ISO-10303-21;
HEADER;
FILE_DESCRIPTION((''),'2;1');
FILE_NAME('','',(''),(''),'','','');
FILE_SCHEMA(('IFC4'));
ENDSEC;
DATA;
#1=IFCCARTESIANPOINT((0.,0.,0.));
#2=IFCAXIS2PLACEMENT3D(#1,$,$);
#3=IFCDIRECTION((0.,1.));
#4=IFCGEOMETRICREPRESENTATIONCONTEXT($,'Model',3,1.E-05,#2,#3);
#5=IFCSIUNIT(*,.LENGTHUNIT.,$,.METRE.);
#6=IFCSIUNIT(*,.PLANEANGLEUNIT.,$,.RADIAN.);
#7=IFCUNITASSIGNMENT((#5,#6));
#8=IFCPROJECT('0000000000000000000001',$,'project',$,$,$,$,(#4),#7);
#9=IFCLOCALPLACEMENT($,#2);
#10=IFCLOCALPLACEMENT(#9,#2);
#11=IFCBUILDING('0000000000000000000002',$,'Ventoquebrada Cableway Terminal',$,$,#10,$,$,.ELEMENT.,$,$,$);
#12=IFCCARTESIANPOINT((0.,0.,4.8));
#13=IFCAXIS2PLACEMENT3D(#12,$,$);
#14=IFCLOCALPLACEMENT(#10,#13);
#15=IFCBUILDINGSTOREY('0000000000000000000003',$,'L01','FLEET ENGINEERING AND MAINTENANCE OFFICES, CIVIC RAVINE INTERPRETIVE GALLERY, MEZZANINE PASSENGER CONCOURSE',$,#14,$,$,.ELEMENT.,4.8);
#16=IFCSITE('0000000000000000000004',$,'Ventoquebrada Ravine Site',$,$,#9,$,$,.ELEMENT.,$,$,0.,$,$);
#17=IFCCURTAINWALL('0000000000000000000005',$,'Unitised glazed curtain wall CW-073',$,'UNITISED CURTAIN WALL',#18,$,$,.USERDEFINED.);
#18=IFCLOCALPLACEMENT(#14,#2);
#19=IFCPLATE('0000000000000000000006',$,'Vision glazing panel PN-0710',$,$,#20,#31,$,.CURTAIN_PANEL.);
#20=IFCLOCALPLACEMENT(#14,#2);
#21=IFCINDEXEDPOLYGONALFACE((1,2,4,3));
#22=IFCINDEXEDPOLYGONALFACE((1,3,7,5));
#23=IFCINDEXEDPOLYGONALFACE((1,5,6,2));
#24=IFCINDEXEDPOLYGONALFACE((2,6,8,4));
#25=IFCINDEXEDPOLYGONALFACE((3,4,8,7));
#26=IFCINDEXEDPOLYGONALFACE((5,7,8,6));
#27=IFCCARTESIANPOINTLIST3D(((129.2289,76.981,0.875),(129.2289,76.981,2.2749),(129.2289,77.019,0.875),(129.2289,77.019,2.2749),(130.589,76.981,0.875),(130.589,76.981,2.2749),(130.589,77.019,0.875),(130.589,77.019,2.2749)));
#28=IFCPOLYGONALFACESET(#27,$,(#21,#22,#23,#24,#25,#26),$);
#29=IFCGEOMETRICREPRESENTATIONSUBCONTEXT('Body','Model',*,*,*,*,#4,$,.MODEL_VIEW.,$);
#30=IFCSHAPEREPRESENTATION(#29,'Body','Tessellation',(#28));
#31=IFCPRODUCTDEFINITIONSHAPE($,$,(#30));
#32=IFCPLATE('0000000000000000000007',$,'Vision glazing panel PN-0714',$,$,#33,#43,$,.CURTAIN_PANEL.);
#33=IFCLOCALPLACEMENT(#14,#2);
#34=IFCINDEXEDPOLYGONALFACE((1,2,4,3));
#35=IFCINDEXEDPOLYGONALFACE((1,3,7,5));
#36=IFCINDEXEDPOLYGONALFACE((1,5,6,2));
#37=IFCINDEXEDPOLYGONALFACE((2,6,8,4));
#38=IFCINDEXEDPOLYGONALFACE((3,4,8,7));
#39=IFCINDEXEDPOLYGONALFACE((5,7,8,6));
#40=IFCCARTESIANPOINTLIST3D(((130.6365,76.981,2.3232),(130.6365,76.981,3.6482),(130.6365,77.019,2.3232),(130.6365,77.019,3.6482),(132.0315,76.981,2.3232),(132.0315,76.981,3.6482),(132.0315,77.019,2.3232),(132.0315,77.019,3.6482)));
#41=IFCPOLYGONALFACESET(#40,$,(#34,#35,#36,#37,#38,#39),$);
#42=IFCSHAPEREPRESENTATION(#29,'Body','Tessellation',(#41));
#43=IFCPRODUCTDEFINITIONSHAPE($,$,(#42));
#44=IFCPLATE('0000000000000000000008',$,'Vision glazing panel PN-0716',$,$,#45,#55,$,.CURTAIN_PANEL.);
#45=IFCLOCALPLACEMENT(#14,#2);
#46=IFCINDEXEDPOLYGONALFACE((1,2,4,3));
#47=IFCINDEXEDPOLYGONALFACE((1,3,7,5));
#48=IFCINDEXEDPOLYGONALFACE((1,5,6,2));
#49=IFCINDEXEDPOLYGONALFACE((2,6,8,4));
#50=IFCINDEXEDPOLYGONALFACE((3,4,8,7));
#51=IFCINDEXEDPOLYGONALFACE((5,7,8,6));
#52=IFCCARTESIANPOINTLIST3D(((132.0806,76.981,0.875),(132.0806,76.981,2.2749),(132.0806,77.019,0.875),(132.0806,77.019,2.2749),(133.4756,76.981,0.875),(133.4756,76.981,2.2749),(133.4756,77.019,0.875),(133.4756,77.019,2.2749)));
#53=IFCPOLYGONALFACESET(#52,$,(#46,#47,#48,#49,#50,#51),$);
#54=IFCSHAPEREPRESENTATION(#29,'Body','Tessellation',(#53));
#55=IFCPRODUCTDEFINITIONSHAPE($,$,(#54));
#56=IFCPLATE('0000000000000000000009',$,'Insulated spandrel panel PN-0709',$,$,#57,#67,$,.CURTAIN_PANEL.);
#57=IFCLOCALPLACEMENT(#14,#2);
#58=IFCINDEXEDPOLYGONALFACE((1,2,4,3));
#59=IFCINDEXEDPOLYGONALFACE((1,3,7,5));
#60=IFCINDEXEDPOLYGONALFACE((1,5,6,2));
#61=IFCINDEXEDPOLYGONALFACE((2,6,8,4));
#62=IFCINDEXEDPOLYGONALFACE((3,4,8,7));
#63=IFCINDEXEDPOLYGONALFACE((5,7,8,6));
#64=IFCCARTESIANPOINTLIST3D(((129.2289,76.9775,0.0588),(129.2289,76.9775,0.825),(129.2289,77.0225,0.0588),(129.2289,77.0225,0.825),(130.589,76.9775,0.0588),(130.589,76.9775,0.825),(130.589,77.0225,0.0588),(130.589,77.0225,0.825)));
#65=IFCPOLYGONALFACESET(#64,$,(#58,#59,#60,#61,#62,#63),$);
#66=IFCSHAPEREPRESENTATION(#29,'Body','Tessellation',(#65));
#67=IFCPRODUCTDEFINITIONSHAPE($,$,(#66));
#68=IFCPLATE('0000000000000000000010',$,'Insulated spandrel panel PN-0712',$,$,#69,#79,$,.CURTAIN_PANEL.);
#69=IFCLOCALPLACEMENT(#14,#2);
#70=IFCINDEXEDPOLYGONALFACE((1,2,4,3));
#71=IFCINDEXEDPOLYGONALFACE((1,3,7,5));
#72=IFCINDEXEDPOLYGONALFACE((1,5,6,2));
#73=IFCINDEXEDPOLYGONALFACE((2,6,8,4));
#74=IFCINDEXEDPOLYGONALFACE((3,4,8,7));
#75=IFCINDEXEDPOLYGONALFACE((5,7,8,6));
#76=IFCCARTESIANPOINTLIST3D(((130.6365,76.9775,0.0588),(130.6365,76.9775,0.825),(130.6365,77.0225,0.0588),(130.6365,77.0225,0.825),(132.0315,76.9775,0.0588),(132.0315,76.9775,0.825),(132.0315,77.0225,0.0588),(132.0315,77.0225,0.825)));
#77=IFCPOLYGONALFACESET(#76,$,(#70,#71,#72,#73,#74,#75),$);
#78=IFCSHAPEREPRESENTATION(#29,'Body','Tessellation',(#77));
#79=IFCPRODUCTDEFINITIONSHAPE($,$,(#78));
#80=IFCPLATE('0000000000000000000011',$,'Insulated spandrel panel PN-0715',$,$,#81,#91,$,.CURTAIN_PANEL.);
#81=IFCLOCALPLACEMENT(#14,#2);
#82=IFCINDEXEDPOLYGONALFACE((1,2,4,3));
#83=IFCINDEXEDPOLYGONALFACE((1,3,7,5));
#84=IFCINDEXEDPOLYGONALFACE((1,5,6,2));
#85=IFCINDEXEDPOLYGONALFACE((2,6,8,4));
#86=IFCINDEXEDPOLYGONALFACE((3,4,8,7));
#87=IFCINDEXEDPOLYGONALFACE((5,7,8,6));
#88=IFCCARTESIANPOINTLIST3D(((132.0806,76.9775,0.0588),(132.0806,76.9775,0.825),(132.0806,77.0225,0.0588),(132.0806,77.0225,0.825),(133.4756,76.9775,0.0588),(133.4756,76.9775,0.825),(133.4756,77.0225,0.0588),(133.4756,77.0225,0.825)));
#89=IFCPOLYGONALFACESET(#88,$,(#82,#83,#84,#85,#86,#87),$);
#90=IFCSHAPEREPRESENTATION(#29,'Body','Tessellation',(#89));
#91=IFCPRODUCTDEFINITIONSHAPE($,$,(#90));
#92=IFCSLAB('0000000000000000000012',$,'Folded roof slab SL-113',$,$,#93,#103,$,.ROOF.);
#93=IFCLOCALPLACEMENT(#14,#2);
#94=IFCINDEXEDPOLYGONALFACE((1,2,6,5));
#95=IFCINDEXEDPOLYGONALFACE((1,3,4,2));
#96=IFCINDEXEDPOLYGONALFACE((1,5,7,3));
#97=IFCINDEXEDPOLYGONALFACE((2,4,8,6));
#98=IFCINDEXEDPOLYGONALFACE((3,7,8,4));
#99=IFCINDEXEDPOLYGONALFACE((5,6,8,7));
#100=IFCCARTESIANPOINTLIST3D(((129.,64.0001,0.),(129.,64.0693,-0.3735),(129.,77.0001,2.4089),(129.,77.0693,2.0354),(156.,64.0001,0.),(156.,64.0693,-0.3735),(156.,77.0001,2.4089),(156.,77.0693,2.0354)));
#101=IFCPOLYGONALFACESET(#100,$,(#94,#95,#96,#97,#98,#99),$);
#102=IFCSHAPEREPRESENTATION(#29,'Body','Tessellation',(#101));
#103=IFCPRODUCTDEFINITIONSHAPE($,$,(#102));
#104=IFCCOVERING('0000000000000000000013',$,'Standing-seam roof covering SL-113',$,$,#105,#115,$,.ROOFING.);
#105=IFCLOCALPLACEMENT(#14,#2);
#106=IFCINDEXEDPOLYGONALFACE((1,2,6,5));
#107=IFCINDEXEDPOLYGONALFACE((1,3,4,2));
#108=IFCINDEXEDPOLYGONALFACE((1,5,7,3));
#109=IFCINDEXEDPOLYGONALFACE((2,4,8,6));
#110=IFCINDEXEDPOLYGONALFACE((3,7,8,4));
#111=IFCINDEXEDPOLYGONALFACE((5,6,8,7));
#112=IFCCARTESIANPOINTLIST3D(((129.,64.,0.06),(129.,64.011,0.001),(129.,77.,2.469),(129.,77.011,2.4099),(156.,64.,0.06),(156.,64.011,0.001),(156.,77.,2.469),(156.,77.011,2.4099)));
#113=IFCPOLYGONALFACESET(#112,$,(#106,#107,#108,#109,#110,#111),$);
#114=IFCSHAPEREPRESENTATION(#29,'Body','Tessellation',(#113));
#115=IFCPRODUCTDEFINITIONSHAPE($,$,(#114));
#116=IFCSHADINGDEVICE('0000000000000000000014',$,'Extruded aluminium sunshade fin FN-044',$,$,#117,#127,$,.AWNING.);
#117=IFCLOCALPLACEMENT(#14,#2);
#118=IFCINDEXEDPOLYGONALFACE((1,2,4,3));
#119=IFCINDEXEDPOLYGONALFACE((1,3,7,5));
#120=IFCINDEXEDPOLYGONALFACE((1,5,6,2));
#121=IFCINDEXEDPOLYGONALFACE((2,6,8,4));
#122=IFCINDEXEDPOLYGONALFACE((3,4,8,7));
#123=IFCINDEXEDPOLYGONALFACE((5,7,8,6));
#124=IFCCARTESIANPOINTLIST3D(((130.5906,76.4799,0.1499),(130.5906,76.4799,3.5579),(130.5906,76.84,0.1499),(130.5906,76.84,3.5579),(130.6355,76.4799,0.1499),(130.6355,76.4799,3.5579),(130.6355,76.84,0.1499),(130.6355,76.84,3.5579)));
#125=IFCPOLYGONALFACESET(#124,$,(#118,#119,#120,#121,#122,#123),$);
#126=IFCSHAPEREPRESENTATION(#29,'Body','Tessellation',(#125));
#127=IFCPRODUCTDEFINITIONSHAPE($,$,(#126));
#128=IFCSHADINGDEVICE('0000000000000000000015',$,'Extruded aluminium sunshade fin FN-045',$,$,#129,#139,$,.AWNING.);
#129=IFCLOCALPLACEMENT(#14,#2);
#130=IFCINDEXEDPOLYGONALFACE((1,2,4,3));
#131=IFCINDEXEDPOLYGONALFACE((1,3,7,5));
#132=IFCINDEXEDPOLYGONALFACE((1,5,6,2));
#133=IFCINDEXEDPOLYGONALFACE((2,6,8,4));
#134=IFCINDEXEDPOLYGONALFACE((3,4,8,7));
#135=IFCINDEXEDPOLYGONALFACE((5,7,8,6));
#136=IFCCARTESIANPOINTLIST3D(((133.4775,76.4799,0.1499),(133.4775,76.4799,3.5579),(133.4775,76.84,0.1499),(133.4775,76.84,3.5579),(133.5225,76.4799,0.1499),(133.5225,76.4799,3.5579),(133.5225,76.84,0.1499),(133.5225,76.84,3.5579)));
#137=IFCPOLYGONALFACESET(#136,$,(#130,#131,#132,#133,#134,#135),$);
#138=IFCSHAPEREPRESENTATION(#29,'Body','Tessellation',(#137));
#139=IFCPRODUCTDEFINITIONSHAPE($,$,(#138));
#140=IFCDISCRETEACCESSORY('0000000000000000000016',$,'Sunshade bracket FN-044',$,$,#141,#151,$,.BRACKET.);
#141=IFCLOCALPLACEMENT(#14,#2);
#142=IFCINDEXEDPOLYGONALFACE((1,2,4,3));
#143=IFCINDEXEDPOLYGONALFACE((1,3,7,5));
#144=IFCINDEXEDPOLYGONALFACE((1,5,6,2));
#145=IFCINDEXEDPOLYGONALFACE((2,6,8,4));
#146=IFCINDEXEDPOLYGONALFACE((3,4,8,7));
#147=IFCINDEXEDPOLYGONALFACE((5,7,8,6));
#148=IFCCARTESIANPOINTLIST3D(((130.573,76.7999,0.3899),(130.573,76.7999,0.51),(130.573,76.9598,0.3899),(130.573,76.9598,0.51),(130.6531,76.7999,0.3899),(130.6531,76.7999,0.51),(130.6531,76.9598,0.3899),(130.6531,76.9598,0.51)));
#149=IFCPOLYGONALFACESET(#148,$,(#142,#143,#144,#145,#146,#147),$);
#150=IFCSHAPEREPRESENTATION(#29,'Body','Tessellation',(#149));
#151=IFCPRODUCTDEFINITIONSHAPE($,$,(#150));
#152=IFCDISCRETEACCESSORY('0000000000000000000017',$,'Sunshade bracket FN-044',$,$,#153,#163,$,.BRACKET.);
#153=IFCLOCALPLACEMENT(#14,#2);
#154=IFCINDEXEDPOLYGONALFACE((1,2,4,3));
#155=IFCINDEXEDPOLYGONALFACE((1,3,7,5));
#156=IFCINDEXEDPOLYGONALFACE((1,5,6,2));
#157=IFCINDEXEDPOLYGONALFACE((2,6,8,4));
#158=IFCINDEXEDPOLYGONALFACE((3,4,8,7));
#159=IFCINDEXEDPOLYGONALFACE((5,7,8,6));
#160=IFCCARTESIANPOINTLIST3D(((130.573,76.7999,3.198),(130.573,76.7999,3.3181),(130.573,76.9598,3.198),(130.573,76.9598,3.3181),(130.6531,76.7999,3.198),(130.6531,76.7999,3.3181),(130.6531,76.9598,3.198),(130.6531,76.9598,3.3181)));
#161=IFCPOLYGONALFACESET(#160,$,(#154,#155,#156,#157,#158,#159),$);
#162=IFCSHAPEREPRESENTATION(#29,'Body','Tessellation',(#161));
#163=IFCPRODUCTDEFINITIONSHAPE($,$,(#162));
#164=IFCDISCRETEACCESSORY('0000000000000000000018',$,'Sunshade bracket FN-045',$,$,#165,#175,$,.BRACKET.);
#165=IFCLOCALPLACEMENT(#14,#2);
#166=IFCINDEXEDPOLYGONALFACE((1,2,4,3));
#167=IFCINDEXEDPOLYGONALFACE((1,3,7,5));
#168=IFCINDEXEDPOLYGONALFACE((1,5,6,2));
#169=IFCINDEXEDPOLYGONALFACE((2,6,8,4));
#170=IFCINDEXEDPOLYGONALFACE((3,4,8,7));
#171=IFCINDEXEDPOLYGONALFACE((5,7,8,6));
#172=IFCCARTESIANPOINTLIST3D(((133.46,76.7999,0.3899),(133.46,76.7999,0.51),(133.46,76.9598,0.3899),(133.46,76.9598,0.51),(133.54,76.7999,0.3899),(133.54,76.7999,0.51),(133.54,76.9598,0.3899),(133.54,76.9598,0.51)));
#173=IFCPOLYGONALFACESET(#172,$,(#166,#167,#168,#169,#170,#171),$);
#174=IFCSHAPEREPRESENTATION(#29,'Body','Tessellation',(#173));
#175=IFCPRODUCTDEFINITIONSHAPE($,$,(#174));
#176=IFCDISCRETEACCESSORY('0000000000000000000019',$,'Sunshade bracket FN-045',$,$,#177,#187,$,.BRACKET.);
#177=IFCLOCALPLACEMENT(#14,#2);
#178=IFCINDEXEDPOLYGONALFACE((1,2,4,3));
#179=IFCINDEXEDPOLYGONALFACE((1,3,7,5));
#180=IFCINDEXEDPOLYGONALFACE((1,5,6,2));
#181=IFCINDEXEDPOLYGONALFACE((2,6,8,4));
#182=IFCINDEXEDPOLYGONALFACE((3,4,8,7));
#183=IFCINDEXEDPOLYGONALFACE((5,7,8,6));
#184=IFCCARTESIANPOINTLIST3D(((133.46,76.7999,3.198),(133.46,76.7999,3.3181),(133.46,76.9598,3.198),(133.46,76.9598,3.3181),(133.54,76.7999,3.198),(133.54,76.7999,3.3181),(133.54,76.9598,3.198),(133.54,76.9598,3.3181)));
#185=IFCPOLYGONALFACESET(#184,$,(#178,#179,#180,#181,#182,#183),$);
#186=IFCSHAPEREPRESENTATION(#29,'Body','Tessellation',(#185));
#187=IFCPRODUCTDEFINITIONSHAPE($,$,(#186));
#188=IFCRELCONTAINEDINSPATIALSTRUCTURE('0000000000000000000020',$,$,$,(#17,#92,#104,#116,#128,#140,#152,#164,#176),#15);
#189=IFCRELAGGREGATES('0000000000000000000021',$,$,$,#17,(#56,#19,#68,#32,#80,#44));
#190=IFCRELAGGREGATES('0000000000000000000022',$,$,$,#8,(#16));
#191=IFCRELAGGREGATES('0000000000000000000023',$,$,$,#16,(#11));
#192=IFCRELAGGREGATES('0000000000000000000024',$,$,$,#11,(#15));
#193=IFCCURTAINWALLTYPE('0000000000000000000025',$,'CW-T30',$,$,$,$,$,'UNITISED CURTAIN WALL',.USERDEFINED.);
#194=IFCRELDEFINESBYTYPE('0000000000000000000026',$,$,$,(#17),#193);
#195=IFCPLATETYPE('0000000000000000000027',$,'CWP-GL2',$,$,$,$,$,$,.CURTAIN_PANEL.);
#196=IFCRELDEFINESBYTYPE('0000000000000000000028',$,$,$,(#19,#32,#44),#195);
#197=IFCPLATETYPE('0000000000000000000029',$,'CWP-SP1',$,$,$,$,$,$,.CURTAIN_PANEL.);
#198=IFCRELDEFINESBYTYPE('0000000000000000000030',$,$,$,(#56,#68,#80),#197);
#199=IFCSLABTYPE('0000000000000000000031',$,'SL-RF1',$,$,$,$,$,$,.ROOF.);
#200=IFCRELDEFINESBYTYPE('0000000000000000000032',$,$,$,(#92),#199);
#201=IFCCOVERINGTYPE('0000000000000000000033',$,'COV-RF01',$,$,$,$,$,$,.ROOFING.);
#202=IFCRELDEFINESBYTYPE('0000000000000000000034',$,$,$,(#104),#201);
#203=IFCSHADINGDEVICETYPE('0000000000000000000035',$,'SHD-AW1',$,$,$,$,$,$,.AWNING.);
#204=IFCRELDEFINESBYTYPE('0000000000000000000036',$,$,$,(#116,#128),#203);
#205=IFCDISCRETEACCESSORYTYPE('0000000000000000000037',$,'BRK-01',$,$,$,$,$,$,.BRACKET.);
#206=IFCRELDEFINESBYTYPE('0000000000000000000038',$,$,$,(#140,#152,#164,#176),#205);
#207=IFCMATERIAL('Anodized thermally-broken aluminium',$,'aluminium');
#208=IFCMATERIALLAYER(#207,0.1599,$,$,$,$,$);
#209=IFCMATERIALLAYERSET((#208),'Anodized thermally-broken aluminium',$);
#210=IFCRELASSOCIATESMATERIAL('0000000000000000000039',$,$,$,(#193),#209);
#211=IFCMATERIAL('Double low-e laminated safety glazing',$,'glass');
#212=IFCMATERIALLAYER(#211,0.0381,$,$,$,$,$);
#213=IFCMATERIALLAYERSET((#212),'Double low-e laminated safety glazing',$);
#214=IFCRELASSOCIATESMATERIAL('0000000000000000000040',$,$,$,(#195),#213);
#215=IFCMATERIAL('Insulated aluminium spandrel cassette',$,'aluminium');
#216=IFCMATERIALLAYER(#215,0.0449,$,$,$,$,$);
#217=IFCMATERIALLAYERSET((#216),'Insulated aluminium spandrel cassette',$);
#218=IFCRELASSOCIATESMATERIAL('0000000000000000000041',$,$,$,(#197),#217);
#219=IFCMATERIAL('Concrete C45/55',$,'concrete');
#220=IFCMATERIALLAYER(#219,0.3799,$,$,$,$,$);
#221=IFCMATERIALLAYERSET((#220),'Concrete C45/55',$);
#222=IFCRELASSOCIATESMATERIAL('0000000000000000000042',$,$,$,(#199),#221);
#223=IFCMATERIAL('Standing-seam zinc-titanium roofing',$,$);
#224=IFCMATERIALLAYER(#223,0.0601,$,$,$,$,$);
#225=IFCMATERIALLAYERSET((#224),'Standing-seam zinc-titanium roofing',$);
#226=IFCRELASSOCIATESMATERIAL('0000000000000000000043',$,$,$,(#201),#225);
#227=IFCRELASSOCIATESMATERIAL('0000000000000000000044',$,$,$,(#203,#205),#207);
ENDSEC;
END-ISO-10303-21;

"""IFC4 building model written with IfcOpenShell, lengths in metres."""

from ifc_helpers import new_model, si_unit, direction, frame, origin, origin_2d, place, context, subcontext, project, spatial, polyline, rectangle, outline, extrude, material, layer, layer_set, type_object, element, aggregate, save


model = new_model("IFC4")

# Units and contexts
model_context = context("Model", 3, precision=1e-05, world=origin(), true_north=direction((0.0, 1.0)))
body_context = subcontext(model_context, "Body", "Model", "MODEL_VIEW")
ifc_project = project(units=[si_unit("LENGTHUNIT", "METRE"), si_unit("PLANEANGLEUNIT", "RADIAN")], contexts=[model_context])

# Site, building, storey
site_placement = place(None, origin())
site = spatial("IfcSite", under=ifc_project, at=site_placement, Name="Ventoquebrada Ravine Site", CompositionType="ELEMENT", RefElevation=0.0)
building_placement = place(site_placement, origin())
building = spatial("IfcBuilding", under=site, at=building_placement, Name="Ventoquebrada Cableway Terminal", CompositionType="ELEMENT")
storey_placement = place(building_placement, frame((0.0, 0.0, 4.8)))
storey = spatial("IfcBuildingStorey", under=building, at=storey_placement, Name="L01", Description="FLEET ENGINEERING AND MAINTENANCE OFFICES, CIVIC RAVINE INTERPRETIVE GALLERY, MEZZANINE PASSENGER CONCOURSE", CompositionType="ELEMENT", Elevation=4.8)

# Curtain wall
ifc_material_1 = material(Name="Anodized thermally-broken aluminium", Category="aluminium")
ifc_layer_1 = layer(ifc_material_1, 0.1599)
ifc_layer_set_1 = layer_set([ifc_layer_1], Name="Anodized thermally-broken aluminium")
curtain_wall_type = type_object("IfcCurtainWallType", Name="CW-T30", ElementType="UNITISED CURTAIN WALL", PredefinedType="USERDEFINED", material=ifc_layer_set_1)
curtain_wall_placement = place(storey_placement, origin())
curtain_wall = element("IfcCurtainWall", 1, at=curtain_wall_placement, inside=storey, type_object=curtain_wall_type, Name="Unitised glazed curtain wall CW-073", ObjectType="UNITISED CURTAIN WALL", PredefinedType="USERDEFINED")

# Plates
ifc_material_2 = material(Name="Double low-e laminated safety glazing", Category="glass")
ifc_layer_2 = layer(ifc_material_2, 0.0381)
ifc_layer_set_2 = layer_set([ifc_layer_2], Name="Double low-e laminated safety glazing")
plate_type_1 = type_object("IfcPlateType", Name="CWP-GL2", PredefinedType="CURTAIN_PANEL", material=ifc_layer_set_2)
plate_1_placement = place(storey_placement, frame((129.9089, 77.0, 0.875), z_axis=(0.0, 0.0, 1.0), x_axis=(1.0, 0.0, 0.0)))
plate_1 = element("IfcPlate", 2, at=plate_1_placement, type_object=plate_type_1, Name="Vision glazing panel PN-0710", PredefinedType="CURTAIN_PANEL", context=body_context, shape_type="SweptSolid", body=[
    extrude(rectangle(XDim=1.3601, YDim=0.0381, at=origin_2d()), origin(), (0.0, 0.0, 1.0), 1.3999),
])
plate_2_placement = place(storey_placement, frame((131.334, 77.0, 2.3232), z_axis=(0.0, 0.0, 1.0), x_axis=(1.0, 0.0, 0.0)))
plate_2 = element("IfcPlate", 3, at=plate_2_placement, type_object=plate_type_1, Name="Vision glazing panel PN-0714", PredefinedType="CURTAIN_PANEL", context=body_context, shape_type="SweptSolid", body=[
    extrude(rectangle(XDim=1.395, YDim=0.0381, at=origin_2d()), origin(), (0.0, 0.0, 1.0), 1.325),
])
plate_3_placement = place(storey_placement, frame((132.7781, 77.0, 0.875), z_axis=(0.0, 0.0, 1.0), x_axis=(1.0, 0.0, 0.0)))
plate_3 = element("IfcPlate", 4, at=plate_3_placement, type_object=plate_type_1, Name="Vision glazing panel PN-0716", PredefinedType="CURTAIN_PANEL", context=body_context, shape_type="SweptSolid", body=[
    extrude(rectangle(XDim=1.395, YDim=0.0381, at=origin_2d()), origin(), (0.0, 0.0, 1.0), 1.3999),
])
ifc_material_3 = material(Name="Insulated aluminium spandrel cassette", Category="aluminium")
ifc_layer_3 = layer(ifc_material_3, 0.0449)
ifc_layer_set_3 = layer_set([ifc_layer_3], Name="Insulated aluminium spandrel cassette")
plate_type_2 = type_object("IfcPlateType", Name="CWP-SP1", PredefinedType="CURTAIN_PANEL", material=ifc_layer_set_3)
plate_4_placement = place(storey_placement, frame((129.9089, 77.0, 0.0588), z_axis=(0.0, 0.0, 1.0), x_axis=(1.0, 0.0, 0.0)))
plate_4 = element("IfcPlate", 5, at=plate_4_placement, type_object=plate_type_2, Name="Insulated spandrel panel PN-0709", PredefinedType="CURTAIN_PANEL", context=body_context, shape_type="SweptSolid", body=[
    extrude(rectangle(XDim=1.3601, YDim=0.0449, at=origin_2d()), origin(), (0.0, 0.0, 1.0), 0.7661),
])
plate_5_placement = place(storey_placement, frame((131.334, 77.0, 0.0588), z_axis=(0.0, 0.0, 1.0), x_axis=(1.0, 0.0, 0.0)))
plate_5 = element("IfcPlate", 6, at=plate_5_placement, type_object=plate_type_2, Name="Insulated spandrel panel PN-0712", PredefinedType="CURTAIN_PANEL", context=body_context, shape_type="SweptSolid", body=[
    extrude(rectangle(XDim=1.395, YDim=0.0449, at=origin_2d()), origin(), (0.0, 0.0, 1.0), 0.7661),
])
plate_6_placement = place(storey_placement, frame((132.7781, 77.0, 0.0588), z_axis=(0.0, 0.0, 1.0), x_axis=(1.0, 0.0, 0.0)))
plate_6 = element("IfcPlate", 7, at=plate_6_placement, type_object=plate_type_2, Name="Insulated spandrel panel PN-0715", PredefinedType="CURTAIN_PANEL", context=body_context, shape_type="SweptSolid", body=[
    extrude(rectangle(XDim=1.395, YDim=0.0449, at=origin_2d()), origin(), (0.0, 0.0, 1.0), 0.7661),
])
aggregate(curtain_wall, [plate_4, plate_1, plate_5, plate_2, plate_6, plate_3])

# Slab
ifc_material_4 = material(Name="Concrete C45/55", Category="concrete")
ifc_layer_4 = layer(ifc_material_4, 0.3799)
ifc_layer_set_4 = layer_set([ifc_layer_4], Name="Concrete C45/55")
slab_type = type_object("IfcSlabType", Name="SL-RF1", PredefinedType="ROOF", material=ifc_layer_set_4)
slab_placement = place(storey_placement, frame((129.0, 64.0693, -0.3735), z_axis=(0.0, -0.182201, 0.983261), x_axis=(1.0, 0.0, 0.0)))
element("IfcSlab", 8, at=slab_placement, inside=storey, type_object=slab_type, Name="Folded roof slab SL-113", PredefinedType="ROOF", context=body_context, shape_type="SweptSolid", body=[
    extrude(outline(polyline([(0.0, 0.0), (27.0, 0.0), (27.0, 13.2213), (0.0, 13.2213), (0.0, 0.0)])), origin(), (0.0, 0.0, 1.0), 0.3799),
])

# Covering
ifc_material_5 = material(Name="Standing-seam zinc-titanium roofing")
ifc_layer_5 = layer(ifc_material_5, 0.0601)
ifc_layer_set_5 = layer_set([ifc_layer_5], Name="Standing-seam zinc-titanium roofing")
covering_type = type_object("IfcCoveringType", Name="COV-RF01", PredefinedType="ROOFING", material=ifc_layer_set_5)
covering_placement = place(storey_placement, frame((129.0, 64.011, 0.001), z_axis=(0.0, -0.182201, 0.983261), x_axis=(1.0, 0.0, 0.0)))
element("IfcCovering", 9, at=covering_placement, inside=storey, type_object=covering_type, Name="Standing-seam roof covering SL-113", PredefinedType="ROOFING", context=body_context, shape_type="SweptSolid", body=[
    extrude(outline(polyline([(0.0, 0.0), (27.0, 0.0), (27.0, 13.2213), (0.0, 13.2213), (0.0, 0.0)])), origin(), (0.0, 0.0, 1.0), 0.0601),
])

# Shading devices
shading_device_type = type_object("IfcShadingDeviceType", Name="SHD-AW1", PredefinedType="AWNING", material=ifc_material_1)
for number, where, z_axis, x_axis, name in (
    (10, (130.613, 76.6599, 0.1499), (0.0, 0.0, 1.0), (1.0, 0.0, 0.0), "Extruded aluminium sunshade fin FN-044"),
    (11, (133.5, 76.6599, 0.1499), (0.0, 0.0, 1.0), (1.0, 0.0, 0.0), "Extruded aluminium sunshade fin FN-045"),
):
    element("IfcShadingDevice", number, at=place(storey_placement, frame(where, z_axis=z_axis, x_axis=x_axis)), inside=storey, type_object=shading_device_type, Name=name, PredefinedType="AWNING", context=body_context, shape_type="SweptSolid", body=[
        extrude(rectangle(XDim=0.0449, YDim=0.3601, at=origin_2d()), origin(), (0.0, 0.0, 1.0), 3.408),
    ])

# Discrete accessories
discrete_accessory_type = type_object("IfcDiscreteAccessoryType", Name="BRK-01", PredefinedType="BRACKET", material=ifc_material_1)
for number, where, z_axis, x_axis, name in (
    (12, (130.613, 76.8799, 0.3899), (0.0, 0.0, 1.0), (1.0, 0.0, 0.0), "Sunshade bracket FN-044"),
    (13, (130.613, 76.8799, 3.198), (0.0, 0.0, 1.0), (1.0, 0.0, 0.0), "Sunshade bracket FN-044"),
    (14, (133.5, 76.8799, 0.3899), (0.0, 0.0, 1.0), (1.0, 0.0, 0.0), "Sunshade bracket FN-045"),
    (15, (133.5, 76.8799, 3.198), (0.0, 0.0, 1.0), (1.0, 0.0, 0.0), "Sunshade bracket FN-045"),
):
    element("IfcDiscreteAccessory", number, at=place(storey_placement, frame(where, z_axis=z_axis, x_axis=x_axis)), inside=storey, type_object=discrete_accessory_type, Name=name, PredefinedType="BRACKET", context=body_context, shape_type="SweptSolid", body=[
        extrude(rectangle(XDim=0.0801, YDim=0.1599, at=origin_2d()), origin(), (0.0, 0.0, 1.0), 0.1201),
    ])

save(model, "model.ifc")
